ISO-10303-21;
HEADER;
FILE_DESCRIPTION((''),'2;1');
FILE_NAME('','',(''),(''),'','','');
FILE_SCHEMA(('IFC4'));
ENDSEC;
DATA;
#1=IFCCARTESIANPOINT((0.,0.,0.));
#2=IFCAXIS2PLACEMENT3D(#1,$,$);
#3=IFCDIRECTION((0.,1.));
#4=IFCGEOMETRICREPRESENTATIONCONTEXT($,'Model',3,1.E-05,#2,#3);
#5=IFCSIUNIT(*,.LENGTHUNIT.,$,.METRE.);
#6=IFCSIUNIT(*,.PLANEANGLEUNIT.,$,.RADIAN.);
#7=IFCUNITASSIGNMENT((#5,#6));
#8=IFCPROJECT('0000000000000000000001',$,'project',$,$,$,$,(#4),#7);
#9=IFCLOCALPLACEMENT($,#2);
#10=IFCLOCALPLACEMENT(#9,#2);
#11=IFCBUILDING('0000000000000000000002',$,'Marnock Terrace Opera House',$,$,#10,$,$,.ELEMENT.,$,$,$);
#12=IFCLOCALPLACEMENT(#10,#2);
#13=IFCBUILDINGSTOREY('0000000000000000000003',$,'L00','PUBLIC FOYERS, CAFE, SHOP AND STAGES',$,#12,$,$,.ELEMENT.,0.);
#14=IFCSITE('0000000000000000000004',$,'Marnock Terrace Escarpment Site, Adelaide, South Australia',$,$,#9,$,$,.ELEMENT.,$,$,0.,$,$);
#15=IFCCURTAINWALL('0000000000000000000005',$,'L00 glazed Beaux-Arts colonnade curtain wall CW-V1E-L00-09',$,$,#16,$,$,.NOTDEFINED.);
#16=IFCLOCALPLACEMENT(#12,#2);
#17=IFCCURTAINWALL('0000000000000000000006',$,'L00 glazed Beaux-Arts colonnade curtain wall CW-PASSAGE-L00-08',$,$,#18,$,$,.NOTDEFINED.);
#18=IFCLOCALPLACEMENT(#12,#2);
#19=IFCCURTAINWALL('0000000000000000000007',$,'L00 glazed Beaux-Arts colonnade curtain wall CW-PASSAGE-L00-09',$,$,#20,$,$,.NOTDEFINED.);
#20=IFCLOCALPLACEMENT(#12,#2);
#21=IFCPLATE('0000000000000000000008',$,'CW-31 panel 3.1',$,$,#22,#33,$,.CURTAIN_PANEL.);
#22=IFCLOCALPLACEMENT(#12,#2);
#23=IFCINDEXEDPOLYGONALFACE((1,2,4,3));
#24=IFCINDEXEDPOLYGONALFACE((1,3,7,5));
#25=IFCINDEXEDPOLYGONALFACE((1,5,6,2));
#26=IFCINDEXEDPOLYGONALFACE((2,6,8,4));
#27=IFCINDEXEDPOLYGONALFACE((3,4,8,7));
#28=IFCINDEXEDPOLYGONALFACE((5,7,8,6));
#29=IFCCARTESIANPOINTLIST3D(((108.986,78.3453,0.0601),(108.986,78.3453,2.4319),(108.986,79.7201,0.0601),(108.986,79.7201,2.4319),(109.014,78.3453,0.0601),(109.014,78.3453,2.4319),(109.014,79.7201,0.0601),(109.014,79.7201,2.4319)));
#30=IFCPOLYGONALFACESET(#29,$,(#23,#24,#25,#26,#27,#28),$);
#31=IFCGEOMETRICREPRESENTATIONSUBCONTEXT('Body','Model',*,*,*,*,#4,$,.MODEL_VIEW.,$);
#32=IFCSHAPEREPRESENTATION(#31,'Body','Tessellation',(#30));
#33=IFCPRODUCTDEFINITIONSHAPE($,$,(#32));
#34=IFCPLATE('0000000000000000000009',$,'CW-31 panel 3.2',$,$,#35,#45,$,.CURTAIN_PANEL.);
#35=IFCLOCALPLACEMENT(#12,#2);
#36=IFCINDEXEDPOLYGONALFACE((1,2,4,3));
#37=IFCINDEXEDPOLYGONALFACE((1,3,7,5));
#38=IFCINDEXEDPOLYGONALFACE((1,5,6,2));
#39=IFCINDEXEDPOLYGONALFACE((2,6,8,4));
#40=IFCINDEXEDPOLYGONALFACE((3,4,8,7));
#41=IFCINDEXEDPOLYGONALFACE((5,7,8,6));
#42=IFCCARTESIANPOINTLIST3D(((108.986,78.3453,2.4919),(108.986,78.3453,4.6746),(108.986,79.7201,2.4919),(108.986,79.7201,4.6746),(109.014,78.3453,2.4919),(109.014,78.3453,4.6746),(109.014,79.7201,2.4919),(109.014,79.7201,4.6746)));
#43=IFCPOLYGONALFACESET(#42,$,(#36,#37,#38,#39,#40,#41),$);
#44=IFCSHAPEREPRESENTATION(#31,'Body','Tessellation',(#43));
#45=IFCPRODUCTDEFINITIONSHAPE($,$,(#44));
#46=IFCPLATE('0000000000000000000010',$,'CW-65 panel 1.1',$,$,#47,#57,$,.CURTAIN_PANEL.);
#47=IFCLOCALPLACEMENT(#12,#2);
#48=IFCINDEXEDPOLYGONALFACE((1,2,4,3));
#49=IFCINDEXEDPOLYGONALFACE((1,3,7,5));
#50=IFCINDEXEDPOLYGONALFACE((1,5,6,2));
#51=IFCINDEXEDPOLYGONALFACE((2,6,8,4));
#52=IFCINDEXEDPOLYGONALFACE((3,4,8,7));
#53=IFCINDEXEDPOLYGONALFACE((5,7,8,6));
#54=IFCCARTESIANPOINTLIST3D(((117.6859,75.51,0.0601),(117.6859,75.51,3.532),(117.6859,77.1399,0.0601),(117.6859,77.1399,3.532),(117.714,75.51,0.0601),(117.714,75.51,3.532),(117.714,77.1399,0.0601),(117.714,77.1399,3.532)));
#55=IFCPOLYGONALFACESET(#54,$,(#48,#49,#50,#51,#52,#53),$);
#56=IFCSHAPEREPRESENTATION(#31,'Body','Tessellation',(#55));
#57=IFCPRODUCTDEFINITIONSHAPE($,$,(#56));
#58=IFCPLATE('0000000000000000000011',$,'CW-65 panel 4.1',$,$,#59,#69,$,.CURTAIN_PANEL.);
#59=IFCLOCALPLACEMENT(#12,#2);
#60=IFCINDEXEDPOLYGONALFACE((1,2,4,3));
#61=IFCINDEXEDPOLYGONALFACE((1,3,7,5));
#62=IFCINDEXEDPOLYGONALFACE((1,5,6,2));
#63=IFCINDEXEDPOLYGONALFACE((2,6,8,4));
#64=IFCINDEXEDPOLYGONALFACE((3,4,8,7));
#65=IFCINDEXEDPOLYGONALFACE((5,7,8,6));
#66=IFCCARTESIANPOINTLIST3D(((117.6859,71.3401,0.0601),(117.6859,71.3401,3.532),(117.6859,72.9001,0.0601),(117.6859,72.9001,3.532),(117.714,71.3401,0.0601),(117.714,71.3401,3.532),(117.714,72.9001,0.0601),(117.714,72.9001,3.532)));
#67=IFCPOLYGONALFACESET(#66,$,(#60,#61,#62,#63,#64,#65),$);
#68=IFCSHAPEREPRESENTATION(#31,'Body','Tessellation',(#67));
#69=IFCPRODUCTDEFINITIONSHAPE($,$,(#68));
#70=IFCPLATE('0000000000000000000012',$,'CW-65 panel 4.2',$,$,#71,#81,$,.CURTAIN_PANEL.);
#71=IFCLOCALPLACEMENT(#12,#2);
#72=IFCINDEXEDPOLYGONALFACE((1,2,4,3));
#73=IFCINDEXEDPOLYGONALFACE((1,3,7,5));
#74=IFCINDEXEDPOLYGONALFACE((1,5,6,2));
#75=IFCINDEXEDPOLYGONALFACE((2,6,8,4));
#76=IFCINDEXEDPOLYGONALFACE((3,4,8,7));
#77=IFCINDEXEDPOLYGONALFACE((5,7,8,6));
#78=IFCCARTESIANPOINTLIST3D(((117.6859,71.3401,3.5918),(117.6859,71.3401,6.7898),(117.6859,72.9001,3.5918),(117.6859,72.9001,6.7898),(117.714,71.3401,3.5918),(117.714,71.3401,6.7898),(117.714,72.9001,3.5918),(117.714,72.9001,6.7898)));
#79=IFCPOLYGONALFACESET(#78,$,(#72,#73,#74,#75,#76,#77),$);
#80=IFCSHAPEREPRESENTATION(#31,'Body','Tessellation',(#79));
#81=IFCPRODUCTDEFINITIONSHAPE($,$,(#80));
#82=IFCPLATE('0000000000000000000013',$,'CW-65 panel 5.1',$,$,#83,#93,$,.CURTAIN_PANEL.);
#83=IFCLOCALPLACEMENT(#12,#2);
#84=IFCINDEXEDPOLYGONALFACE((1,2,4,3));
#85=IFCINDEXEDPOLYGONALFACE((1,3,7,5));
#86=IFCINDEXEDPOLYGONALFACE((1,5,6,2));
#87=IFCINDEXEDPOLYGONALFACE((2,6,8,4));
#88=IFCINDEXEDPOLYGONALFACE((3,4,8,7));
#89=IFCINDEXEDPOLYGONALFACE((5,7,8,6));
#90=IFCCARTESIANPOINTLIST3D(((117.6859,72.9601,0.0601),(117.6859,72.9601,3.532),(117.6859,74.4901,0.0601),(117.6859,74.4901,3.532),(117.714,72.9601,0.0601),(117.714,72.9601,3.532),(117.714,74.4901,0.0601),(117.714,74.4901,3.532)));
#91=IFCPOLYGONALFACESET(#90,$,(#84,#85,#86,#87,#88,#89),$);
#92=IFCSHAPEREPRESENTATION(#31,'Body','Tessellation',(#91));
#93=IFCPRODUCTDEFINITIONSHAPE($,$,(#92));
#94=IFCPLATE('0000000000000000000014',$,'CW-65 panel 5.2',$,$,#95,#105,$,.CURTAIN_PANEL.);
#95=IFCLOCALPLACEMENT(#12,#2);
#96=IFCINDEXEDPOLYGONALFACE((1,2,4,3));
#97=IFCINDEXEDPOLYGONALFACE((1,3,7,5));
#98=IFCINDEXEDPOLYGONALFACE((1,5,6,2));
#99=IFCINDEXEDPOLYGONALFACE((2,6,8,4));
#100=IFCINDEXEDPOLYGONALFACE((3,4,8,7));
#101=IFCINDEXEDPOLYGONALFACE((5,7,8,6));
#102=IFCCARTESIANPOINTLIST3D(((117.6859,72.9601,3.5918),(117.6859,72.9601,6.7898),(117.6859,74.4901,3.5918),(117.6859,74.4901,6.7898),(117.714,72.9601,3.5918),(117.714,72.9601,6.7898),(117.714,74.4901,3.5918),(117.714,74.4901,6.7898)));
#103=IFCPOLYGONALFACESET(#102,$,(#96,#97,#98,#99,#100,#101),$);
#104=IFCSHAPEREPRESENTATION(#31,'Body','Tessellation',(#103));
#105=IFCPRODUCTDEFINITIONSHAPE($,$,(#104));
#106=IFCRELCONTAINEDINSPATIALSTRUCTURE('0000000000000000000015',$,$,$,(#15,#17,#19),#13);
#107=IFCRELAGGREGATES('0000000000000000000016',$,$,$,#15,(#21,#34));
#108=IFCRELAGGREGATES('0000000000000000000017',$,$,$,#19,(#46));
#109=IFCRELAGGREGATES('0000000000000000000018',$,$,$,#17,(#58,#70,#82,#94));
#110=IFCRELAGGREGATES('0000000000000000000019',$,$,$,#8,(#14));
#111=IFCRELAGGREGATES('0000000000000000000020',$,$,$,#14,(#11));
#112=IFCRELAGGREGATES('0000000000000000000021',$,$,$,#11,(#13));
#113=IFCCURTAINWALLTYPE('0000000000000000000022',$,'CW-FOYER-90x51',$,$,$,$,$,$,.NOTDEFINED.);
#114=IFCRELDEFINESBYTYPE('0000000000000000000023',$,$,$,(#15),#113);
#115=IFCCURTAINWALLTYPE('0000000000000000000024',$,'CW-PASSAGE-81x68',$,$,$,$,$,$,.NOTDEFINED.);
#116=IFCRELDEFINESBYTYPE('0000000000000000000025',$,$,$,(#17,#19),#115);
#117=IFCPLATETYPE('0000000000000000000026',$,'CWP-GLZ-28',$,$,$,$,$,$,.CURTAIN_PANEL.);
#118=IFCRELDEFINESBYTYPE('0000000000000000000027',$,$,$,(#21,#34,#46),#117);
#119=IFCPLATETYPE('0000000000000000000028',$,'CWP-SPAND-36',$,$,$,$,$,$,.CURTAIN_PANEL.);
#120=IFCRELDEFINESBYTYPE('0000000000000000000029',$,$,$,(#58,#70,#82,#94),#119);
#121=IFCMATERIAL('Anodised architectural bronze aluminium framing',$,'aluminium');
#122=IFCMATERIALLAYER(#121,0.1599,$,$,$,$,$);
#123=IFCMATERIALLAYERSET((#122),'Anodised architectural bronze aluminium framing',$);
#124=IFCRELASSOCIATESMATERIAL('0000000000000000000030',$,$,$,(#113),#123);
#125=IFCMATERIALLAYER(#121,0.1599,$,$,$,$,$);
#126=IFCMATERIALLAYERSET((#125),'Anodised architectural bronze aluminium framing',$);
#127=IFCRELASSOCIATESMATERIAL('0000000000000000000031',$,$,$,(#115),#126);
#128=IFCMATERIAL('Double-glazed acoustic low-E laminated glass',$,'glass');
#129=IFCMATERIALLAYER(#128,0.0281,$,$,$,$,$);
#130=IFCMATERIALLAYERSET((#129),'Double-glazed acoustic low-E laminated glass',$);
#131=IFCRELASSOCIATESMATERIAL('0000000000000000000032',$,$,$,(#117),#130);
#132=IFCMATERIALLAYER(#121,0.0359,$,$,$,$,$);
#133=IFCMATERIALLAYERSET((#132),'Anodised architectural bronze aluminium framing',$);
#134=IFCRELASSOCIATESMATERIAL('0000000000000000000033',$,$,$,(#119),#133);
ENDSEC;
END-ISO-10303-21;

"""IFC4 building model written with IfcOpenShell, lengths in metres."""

from ifc_helpers import new_model, si_unit, direction, frame, origin, origin_2d, place, context, subcontext, project, spatial, rectangle, extrude, material, layer, layer_set, type_object, element, aggregate, save


model = new_model("IFC4")

# Units and contexts
model_context = context("Model", 3, precision=1e-05, world=origin(), true_north=direction((0.0, 1.0)))
body_context = subcontext(model_context, "Body", "Model", "MODEL_VIEW")
ifc_project = project(units=[si_unit("LENGTHUNIT", "METRE"), si_unit("PLANEANGLEUNIT", "RADIAN")], contexts=[model_context])

# Site, building, storey
site_placement = place(None, origin())
site = spatial("IfcSite", under=ifc_project, at=site_placement, Name="Marnock Terrace Escarpment Site, Adelaide, South Australia", CompositionType="ELEMENT", RefElevation=0.0)
building_placement = place(site_placement, origin())
building = spatial("IfcBuilding", under=site, at=building_placement, Name="Marnock Terrace Opera House", CompositionType="ELEMENT")
storey_placement = place(building_placement, origin())
storey = spatial("IfcBuildingStorey", under=building, at=storey_placement, Name="L00", Description="PUBLIC FOYERS, CAFE, SHOP AND STAGES", CompositionType="ELEMENT", Elevation=0.0)

# Curtain walls
ifc_material_1 = material(Name="Anodised architectural bronze aluminium framing", Category="aluminium")
ifc_layer_1 = layer(ifc_material_1, 0.1599)
ifc_layer_set_1 = layer_set([ifc_layer_1], Name="Anodised architectural bronze aluminium framing")
curtain_wall_type_1 = type_object("IfcCurtainWallType", Name="CW-FOYER-90x51", PredefinedType="NOTDEFINED", material=ifc_layer_set_1)
curtain_wall_1_placement = place(storey_placement, origin())
curtain_wall_1 = element("IfcCurtainWall", 1, at=curtain_wall_1_placement, inside=storey, type_object=curtain_wall_type_1, Name="L00 glazed Beaux-Arts colonnade curtain wall CW-V1E-L00-09", PredefinedType="NOTDEFINED")
ifc_layer_2 = layer(ifc_material_1, 0.1599)
ifc_layer_set_2 = layer_set([ifc_layer_2], Name="Anodised architectural bronze aluminium framing")
curtain_wall_type_2 = type_object("IfcCurtainWallType", Name="CW-PASSAGE-81x68", PredefinedType="NOTDEFINED", material=ifc_layer_set_2)
curtain_wall_2_placement = place(storey_placement, origin())
curtain_wall_2 = element("IfcCurtainWall", 2, at=curtain_wall_2_placement, inside=storey, type_object=curtain_wall_type_2, Name="L00 glazed Beaux-Arts colonnade curtain wall CW-PASSAGE-L00-08", PredefinedType="NOTDEFINED")

# Curtain wall
curtain_wall_3_placement = place(storey_placement, origin())
curtain_wall_3 = element("IfcCurtainWall", 3, at=curtain_wall_3_placement, inside=storey, type_object=curtain_wall_type_2, Name="L00 glazed Beaux-Arts colonnade curtain wall CW-PASSAGE-L00-09", PredefinedType="NOTDEFINED")

# Plates
ifc_material_2 = material(Name="Double-glazed acoustic low-E laminated glass", Category="glass")
ifc_layer_3 = layer(ifc_material_2, 0.0281)
ifc_layer_set_3 = layer_set([ifc_layer_3], Name="Double-glazed acoustic low-E laminated glass")
plate_type_1 = type_object("IfcPlateType", Name="CWP-GLZ-28", PredefinedType="CURTAIN_PANEL", material=ifc_layer_set_3)
plate_1_placement = place(storey_placement, frame((109.0, 79.0327, 0.0601), z_axis=(0.0, 0.0, 1.0), x_axis=(0.0, 1.0, 0.0)))
plate_1 = element("IfcPlate", 4, at=plate_1_placement, type_object=plate_type_1, Name="CW-31 panel 3.1", PredefinedType="CURTAIN_PANEL", context=body_context, shape_type="SweptSolid", body=[
    extrude(rectangle(XDim=1.3748, YDim=0.0281, at=origin_2d()), origin(), (0.0, 0.0, 1.0), 2.3718),
])
plate_2_placement = place(storey_placement, frame((109.0, 79.0327, 2.4919), z_axis=(0.0, 0.0, 1.0), x_axis=(0.0, 1.0, 0.0)))
plate_2 = element("IfcPlate", 5, at=plate_2_placement, type_object=plate_type_1, Name="CW-31 panel 3.2", PredefinedType="CURTAIN_PANEL", context=body_context, shape_type="SweptSolid", body=[
    extrude(rectangle(XDim=1.3748, YDim=0.0281, at=origin_2d()), origin(), (0.0, 0.0, 1.0), 2.1826),
])
aggregate(curtain_wall_1, [plate_1, plate_2])
plate_3_placement = place(storey_placement, frame((117.7, 76.325, 0.0601), z_axis=(0.0, 0.0, 1.0), x_axis=(0.0, 1.0, 0.0)))
plate_3 = element("IfcPlate", 6, at=plate_3_placement, type_object=plate_type_1, Name="CW-65 panel 1.1", PredefinedType="CURTAIN_PANEL", context=body_context, shape_type="SweptSolid", body=[
    extrude(rectangle(XDim=1.6299, YDim=0.0281, at=origin_2d()), origin(), (0.0, 0.0, 1.0), 3.4719),
])
aggregate(curtain_wall_3, [plate_3])
ifc_layer_4 = layer(ifc_material_1, 0.0359)
ifc_layer_set_4 = layer_set([ifc_layer_4], Name="Anodised architectural bronze aluminium framing")
plate_type_2 = type_object("IfcPlateType", Name="CWP-SPAND-36", PredefinedType="CURTAIN_PANEL", material=ifc_layer_set_4)
plate_4_placement = place(storey_placement, frame((117.7, 72.1201, 0.0601), z_axis=(0.0, 0.0, 1.0), x_axis=(0.0, 1.0, 0.0)))
plate_4 = element("IfcPlate", 7, at=plate_4_placement, type_object=plate_type_2, Name="CW-65 panel 4.1", PredefinedType="CURTAIN_PANEL", context=body_context, shape_type="SweptSolid", body=[
    extrude(rectangle(XDim=1.5601, YDim=0.0281, at=origin_2d()), origin(), (0.0, 0.0, 1.0), 3.4719),
])
plate_5_placement = place(storey_placement, frame((117.7, 72.1201, 3.5918), z_axis=(0.0, 0.0, 1.0), x_axis=(0.0, 1.0, 0.0)))
plate_5 = element("IfcPlate", 8, at=plate_5_placement, type_object=plate_type_2, Name="CW-65 panel 4.2", PredefinedType="CURTAIN_PANEL", context=body_context, shape_type="SweptSolid", body=[
    extrude(rectangle(XDim=1.5601, YDim=0.0281, at=origin_2d()), origin(), (0.0, 0.0, 1.0), 3.198),
])
plate_6_placement = place(storey_placement, frame((117.7, 73.7251, 0.0601), z_axis=(0.0, 0.0, 1.0), x_axis=(0.0, 1.0, 0.0)))
plate_6 = element("IfcPlate", 9, at=plate_6_placement, type_object=plate_type_2, Name="CW-65 panel 5.1", PredefinedType="CURTAIN_PANEL", context=body_context, shape_type="SweptSolid", body=[
    extrude(rectangle(XDim=1.53, YDim=0.0281, at=origin_2d()), origin(), (0.0, 0.0, 1.0), 3.4719),
])
plate_7_placement = place(storey_placement, frame((117.7, 73.7251, 3.5918), z_axis=(0.0, 0.0, 1.0), x_axis=(0.0, 1.0, 0.0)))
plate_7 = element("IfcPlate", 10, at=plate_7_placement, type_object=plate_type_2, Name="CW-65 panel 5.2", PredefinedType="CURTAIN_PANEL", context=body_context, shape_type="SweptSolid", body=[
    extrude(rectangle(XDim=1.53, YDim=0.0281, at=origin_2d()), origin(), (0.0, 0.0, 1.0), 3.198),
])
aggregate(curtain_wall_2, [plate_4, plate_5, plate_6, plate_7])

save(model, "model.ifc")
